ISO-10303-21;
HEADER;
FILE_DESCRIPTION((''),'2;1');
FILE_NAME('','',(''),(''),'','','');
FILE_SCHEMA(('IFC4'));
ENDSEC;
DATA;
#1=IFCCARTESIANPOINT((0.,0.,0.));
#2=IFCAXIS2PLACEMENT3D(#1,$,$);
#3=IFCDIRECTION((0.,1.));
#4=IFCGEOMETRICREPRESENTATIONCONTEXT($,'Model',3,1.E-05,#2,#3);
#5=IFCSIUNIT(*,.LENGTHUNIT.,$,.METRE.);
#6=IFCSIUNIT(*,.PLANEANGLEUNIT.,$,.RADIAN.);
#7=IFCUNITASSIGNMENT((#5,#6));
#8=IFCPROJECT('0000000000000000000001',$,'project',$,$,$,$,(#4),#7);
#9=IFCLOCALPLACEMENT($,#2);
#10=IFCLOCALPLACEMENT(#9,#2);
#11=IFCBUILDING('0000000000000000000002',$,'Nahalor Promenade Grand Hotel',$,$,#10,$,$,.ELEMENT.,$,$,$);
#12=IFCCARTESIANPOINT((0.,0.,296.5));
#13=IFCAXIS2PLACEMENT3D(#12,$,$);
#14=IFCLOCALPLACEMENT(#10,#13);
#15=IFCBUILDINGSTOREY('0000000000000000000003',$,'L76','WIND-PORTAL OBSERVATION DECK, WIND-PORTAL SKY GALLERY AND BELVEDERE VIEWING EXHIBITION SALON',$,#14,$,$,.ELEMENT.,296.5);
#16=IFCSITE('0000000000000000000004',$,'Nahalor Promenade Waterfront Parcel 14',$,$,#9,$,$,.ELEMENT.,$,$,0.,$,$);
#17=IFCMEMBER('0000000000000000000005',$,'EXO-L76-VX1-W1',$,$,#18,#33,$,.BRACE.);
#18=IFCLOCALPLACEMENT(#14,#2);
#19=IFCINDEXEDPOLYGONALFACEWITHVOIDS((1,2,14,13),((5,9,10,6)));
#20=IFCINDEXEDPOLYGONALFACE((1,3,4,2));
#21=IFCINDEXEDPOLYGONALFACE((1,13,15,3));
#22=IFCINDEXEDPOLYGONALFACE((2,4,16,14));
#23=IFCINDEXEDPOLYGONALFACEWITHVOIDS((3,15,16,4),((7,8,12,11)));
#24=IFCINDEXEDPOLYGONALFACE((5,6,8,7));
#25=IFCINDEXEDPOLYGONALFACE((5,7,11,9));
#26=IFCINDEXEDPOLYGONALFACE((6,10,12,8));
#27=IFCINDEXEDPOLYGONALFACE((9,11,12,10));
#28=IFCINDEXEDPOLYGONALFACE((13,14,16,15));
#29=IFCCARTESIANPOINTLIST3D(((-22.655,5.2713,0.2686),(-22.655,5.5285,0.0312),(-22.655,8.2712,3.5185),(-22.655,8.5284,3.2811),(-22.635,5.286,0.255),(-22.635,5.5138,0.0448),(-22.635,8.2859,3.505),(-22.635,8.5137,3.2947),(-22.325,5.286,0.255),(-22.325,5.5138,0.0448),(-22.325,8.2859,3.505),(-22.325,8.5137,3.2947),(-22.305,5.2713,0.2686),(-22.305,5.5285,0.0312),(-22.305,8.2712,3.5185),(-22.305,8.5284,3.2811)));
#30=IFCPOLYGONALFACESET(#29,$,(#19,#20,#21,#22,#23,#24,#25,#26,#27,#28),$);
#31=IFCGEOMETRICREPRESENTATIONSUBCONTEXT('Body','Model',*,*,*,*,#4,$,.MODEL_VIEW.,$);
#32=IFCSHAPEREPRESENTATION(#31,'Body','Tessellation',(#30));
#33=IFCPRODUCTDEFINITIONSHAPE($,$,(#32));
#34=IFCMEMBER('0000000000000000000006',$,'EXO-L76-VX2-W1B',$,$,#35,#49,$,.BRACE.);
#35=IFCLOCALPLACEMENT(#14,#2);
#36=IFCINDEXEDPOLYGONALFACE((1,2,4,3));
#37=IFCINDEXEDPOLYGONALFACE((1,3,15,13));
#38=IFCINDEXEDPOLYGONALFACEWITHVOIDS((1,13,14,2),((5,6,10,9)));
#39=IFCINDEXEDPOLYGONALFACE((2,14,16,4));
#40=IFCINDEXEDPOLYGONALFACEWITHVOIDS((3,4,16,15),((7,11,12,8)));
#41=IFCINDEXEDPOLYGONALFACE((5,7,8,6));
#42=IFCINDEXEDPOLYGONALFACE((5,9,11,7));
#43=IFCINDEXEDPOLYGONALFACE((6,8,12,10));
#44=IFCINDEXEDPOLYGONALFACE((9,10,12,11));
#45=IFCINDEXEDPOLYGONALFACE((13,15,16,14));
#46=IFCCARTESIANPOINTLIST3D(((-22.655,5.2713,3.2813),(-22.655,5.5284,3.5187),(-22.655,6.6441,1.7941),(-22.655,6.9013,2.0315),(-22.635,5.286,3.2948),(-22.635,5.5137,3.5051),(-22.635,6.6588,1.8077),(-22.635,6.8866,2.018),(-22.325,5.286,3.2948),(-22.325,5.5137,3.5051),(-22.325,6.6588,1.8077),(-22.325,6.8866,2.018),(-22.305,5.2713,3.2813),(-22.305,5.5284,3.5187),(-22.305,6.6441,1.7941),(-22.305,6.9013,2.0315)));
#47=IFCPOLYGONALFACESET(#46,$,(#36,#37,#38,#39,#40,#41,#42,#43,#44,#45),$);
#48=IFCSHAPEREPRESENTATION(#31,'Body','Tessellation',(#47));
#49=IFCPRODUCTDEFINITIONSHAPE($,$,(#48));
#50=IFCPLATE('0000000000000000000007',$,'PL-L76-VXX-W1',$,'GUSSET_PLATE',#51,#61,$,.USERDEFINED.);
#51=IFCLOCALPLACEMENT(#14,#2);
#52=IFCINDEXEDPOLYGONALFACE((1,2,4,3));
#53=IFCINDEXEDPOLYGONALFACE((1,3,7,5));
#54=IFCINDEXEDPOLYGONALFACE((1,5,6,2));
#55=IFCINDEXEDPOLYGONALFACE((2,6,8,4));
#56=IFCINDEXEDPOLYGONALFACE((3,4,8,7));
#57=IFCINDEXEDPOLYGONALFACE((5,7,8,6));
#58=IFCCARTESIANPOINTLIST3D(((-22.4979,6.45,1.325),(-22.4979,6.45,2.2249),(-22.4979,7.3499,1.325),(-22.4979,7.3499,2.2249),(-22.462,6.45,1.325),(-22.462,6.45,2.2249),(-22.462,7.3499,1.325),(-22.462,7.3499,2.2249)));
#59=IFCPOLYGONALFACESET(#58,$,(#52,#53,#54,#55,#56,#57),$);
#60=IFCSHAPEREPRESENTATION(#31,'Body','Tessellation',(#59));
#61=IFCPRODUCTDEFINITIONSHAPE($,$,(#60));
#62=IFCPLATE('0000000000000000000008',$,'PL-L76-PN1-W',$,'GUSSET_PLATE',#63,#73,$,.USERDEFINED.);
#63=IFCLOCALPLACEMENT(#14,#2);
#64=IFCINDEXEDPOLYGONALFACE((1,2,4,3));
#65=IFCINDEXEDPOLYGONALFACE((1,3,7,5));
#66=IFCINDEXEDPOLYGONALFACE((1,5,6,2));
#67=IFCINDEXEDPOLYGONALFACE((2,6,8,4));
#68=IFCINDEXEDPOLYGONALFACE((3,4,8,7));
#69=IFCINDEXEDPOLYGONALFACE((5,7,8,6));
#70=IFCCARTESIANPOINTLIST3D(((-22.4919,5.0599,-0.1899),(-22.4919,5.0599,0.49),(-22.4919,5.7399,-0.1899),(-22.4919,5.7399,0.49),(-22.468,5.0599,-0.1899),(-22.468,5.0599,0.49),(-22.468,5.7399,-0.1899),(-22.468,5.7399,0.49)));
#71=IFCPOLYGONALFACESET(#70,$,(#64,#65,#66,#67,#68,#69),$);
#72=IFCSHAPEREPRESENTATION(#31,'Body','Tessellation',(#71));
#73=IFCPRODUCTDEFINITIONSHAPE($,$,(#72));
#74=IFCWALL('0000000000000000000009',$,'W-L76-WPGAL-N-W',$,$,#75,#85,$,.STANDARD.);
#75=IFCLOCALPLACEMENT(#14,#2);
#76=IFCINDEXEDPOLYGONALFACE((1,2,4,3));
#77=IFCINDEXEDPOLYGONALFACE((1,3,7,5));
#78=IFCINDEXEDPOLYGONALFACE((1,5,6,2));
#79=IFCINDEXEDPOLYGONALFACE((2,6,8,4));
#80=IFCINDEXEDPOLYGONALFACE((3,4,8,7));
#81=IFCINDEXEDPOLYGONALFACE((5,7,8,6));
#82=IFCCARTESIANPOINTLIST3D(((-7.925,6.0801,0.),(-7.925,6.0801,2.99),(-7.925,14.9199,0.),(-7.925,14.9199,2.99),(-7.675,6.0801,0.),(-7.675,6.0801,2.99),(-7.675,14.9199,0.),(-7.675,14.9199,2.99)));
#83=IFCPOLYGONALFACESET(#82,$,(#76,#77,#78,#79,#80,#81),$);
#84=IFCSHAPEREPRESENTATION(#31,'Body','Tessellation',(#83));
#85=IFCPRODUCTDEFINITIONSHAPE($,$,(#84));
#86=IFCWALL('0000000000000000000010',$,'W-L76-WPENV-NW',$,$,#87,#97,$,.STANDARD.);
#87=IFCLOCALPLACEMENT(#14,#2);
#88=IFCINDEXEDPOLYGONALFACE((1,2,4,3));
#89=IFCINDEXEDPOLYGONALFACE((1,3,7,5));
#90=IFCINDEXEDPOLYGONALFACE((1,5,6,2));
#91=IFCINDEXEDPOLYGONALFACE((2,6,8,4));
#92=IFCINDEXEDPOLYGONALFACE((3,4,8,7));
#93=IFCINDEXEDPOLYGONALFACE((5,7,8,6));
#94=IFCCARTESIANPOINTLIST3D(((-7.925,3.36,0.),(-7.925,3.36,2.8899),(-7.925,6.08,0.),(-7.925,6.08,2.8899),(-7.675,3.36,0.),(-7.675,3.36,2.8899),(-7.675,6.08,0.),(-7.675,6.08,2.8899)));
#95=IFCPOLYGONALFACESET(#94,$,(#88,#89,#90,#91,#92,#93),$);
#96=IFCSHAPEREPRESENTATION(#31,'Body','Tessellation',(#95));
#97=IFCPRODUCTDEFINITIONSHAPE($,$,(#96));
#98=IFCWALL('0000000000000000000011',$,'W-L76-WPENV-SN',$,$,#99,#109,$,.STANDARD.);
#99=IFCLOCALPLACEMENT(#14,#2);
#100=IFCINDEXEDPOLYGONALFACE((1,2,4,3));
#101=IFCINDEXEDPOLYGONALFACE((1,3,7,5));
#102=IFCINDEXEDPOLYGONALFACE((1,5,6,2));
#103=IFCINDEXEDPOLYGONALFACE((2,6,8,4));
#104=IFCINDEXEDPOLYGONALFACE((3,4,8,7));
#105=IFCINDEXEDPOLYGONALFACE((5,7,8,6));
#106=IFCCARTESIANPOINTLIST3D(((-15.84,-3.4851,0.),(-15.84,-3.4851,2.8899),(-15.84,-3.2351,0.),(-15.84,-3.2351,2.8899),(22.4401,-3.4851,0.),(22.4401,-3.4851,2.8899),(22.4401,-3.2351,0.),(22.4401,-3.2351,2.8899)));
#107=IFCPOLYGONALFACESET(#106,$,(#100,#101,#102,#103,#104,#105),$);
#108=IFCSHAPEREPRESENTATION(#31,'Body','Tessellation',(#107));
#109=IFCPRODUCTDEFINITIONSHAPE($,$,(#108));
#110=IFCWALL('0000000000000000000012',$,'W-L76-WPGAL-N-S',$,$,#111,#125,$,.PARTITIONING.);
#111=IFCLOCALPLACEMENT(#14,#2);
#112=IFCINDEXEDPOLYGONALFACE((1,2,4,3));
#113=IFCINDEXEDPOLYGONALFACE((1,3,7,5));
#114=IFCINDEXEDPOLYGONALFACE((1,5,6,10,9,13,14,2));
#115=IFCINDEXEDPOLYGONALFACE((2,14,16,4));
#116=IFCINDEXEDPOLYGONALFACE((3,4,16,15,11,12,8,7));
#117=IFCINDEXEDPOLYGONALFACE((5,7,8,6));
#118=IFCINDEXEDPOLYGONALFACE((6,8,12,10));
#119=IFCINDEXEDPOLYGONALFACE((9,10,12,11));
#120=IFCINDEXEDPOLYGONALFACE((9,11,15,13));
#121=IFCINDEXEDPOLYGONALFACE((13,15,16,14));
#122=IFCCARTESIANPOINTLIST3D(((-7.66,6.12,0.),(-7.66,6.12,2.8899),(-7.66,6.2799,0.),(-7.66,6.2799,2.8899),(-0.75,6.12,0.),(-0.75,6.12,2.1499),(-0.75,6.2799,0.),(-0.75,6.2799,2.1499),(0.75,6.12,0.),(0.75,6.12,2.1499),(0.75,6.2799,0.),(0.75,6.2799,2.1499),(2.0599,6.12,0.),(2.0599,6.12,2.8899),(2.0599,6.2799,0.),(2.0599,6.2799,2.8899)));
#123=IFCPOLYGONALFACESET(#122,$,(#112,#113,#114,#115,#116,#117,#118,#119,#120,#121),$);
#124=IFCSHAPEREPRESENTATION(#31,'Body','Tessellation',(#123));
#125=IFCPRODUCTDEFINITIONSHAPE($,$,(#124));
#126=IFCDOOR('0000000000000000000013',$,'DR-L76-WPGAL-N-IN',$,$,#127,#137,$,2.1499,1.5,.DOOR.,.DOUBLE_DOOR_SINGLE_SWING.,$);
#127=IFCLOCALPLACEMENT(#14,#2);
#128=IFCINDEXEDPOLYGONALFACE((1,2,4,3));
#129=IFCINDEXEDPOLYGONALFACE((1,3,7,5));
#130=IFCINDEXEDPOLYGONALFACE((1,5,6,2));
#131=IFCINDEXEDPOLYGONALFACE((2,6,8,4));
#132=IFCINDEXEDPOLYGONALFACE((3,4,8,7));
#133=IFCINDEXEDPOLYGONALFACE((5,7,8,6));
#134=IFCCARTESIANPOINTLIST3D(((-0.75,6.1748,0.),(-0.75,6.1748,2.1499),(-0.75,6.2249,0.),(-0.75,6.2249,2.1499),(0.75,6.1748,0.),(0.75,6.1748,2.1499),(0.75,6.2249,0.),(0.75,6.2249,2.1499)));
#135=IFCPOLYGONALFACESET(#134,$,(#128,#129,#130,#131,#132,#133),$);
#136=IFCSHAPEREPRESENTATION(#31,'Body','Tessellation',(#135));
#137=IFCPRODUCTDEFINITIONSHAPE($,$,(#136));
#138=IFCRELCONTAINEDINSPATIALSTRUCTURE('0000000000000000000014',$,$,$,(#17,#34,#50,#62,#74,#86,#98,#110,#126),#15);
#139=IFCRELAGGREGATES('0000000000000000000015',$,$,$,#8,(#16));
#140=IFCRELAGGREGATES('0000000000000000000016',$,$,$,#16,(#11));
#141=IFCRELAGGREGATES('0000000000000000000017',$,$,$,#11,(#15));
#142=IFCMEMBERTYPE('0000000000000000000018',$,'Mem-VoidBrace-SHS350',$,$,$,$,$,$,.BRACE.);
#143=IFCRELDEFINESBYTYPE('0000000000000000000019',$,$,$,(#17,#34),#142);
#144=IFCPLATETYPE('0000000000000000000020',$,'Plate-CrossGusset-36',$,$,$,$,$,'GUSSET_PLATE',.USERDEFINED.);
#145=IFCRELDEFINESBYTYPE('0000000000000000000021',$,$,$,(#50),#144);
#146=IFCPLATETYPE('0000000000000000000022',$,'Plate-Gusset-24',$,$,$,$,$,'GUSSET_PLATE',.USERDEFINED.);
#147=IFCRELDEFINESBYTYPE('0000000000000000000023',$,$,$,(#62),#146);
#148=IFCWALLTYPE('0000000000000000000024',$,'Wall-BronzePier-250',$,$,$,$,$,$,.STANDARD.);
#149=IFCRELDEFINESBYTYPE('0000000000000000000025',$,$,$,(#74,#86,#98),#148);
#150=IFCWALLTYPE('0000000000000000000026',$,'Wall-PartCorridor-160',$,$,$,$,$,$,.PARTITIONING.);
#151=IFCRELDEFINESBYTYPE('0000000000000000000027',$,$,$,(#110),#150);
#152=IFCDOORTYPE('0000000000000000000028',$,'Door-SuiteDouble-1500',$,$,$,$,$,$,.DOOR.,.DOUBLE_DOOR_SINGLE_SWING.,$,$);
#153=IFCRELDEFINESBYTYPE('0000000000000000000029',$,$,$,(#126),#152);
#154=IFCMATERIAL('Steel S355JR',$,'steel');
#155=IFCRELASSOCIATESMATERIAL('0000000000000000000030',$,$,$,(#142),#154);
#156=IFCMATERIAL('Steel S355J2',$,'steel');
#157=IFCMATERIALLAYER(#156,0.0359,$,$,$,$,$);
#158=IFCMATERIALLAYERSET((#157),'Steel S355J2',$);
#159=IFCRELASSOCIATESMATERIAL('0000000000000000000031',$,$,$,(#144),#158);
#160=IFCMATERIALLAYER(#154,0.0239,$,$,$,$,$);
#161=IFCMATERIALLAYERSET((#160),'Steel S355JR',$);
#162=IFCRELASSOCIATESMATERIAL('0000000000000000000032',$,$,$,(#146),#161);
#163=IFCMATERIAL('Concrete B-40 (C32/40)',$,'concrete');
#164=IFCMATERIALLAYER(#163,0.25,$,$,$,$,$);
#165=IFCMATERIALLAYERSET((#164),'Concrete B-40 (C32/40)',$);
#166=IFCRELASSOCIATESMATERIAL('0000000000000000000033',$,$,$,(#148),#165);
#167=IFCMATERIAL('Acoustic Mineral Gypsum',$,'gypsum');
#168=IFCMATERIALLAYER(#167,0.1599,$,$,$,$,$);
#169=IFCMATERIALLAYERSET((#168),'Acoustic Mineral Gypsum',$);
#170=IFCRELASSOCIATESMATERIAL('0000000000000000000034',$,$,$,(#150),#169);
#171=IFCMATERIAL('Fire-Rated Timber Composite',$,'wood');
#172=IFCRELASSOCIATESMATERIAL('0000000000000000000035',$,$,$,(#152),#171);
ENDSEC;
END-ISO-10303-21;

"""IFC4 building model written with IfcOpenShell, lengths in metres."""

from ifc_helpers import new_model, si_unit, direction, frame, frame_2d, origin, origin_2d, place, context, subcontext, project, spatial, rectangle, hollow_rectangle, extrude, source, transform, mapped, material, layer, layer_set, material_profile, profile_set, type_object, element, fill, save


model = new_model("IFC4")

# Units and contexts
model_context = context("Model", 3, precision=1e-05, world=origin(), true_north=direction((0.0, 1.0)))
body_context = subcontext(model_context, "Body", "Model", "MODEL_VIEW")
ifc_project = project(units=[si_unit("LENGTHUNIT", "METRE"), si_unit("PLANEANGLEUNIT", "RADIAN")], contexts=[model_context])

# Site, building, storey
site_placement = place(None, origin())
site = spatial("IfcSite", under=ifc_project, at=site_placement, Name="Nahalor Promenade Waterfront Parcel 14", CompositionType="ELEMENT", RefElevation=0.0)
building_placement = place(site_placement, origin())
building = spatial("IfcBuilding", under=site, at=building_placement, Name="Nahalor Promenade Grand Hotel", CompositionType="ELEMENT")
storey_placement = place(building_placement, frame((0.0, 0.0, 296.5)))
storey = spatial("IfcBuildingStorey", under=building, at=storey_placement, Name="L76", Description="WIND-PORTAL OBSERVATION DECK, WIND-PORTAL SKY GALLERY AND BELVEDERE VIEWING EXHIBITION SALON", CompositionType="ELEMENT", Elevation=296.5)

# Shared definitions
ifc_material_1 = material(Name="Steel S355JR", Category="steel")

# Members
ifc_material_profile_1 = material_profile(ifc_material_1, hollow_rectangle(XDim=0.35, YDim=0.35, WallThickness=0.02, at=origin_2d()), Name="SHS 350x350x20")
ifc_profile_set_1 = profile_set([ifc_material_profile_1], Name="Steel S355JR")
member_type = type_object("IfcMemberType", Name="Mem-VoidBrace-SHS350", PredefinedType="BRACE", material=ifc_profile_set_1)
shared_shape_1 = source(origin(), body_context, "Body", "SweptSolid", [
    extrude(hollow_rectangle(XDim=0.35, YDim=0.35, WallThickness=0.02, at=origin_2d()), origin(), (0.0, 0.0, 1.0), 4.4229),
])
member_1_placement = place(storey_placement, frame((-22.48, 5.3999, 0.1499), z_axis=(0.0, 0.67828, 0.734803), x_axis=(-1.0, 0.0, 0.0)))
element("IfcMember", 1, at=member_1_placement, inside=storey, type_object=member_type, Name="EXO-L76-VX1-W1", PredefinedType="BRACE", context=body_context, shape_type="MappedRepresentation", body=[
    mapped(shared_shape_1, transform((0.0, 0.0, 0.0), scale=1.0)),
])
shared_shape_2 = source(origin(), body_context, "Body", "SweptSolid", [
    extrude(hollow_rectangle(XDim=0.35, YDim=0.35, WallThickness=0.02, at=origin_2d()), origin(), (0.0, 0.0, 1.0), 2.0239),
])
member_2_placement = place(storey_placement, frame((-22.48, 6.7727, 1.9128), z_axis=(0.0, -0.678315, 0.734771), x_axis=(1.0, 0.0, 0.0)))
element("IfcMember", 2, at=member_2_placement, inside=storey, type_object=member_type, Name="EXO-L76-VX2-W1B", PredefinedType="BRACE", context=body_context, shape_type="MappedRepresentation", body=[
    mapped(shared_shape_2, transform((0.0, 0.0, 0.0), scale=1.0)),
])

# Plates
ifc_material_2 = material(Name="Steel S355J2", Category="steel")
ifc_layer_1 = layer(ifc_material_2, 0.0359)
ifc_layer_set_1 = layer_set([ifc_layer_1], Name="Steel S355J2")
plate_type_1 = type_object("IfcPlateType", Name="Plate-CrossGusset-36", ElementType="GUSSET_PLATE", PredefinedType="USERDEFINED", material=ifc_layer_set_1)
shared_shape_3 = source(origin(), body_context, "Body", "SweptSolid", [
    extrude(rectangle(XDim=0.8999, YDim=0.0359, at=origin_2d()), origin(), (0.0, 0.0, 1.0), 0.8999),
])
plate_1_placement = place(storey_placement, frame((-22.48, 6.8999, 1.325), z_axis=(0.0, 0.0, 1.0), x_axis=(0.0, 1.0, 0.0)))
element("IfcPlate", 3, at=plate_1_placement, inside=storey, type_object=plate_type_1, Name="PL-L76-VXX-W1", ObjectType="GUSSET_PLATE", PredefinedType="USERDEFINED", context=body_context, shape_type="MappedRepresentation", body=[
    mapped(shared_shape_3, transform((0.0, 0.0, 0.0), scale=1.0)),
])
ifc_layer_2 = layer(ifc_material_1, 0.0239)
ifc_layer_set_2 = layer_set([ifc_layer_2], Name="Steel S355JR")
plate_type_2 = type_object("IfcPlateType", Name="Plate-Gusset-24", ElementType="GUSSET_PLATE", PredefinedType="USERDEFINED", material=ifc_layer_set_2)
shared_shape_4 = source(origin(), body_context, "Body", "SweptSolid", [
    extrude(rectangle(XDim=0.6799, YDim=0.0239, at=origin_2d()), origin(), (0.0, 0.0, 1.0), 0.6799),
])
plate_2_placement = place(storey_placement, frame((-22.48, 5.3999, -0.1899), z_axis=(0.0, 0.0, 1.0), x_axis=(0.0, 1.0, 0.0)))
element("IfcPlate", 4, at=plate_2_placement, inside=storey, type_object=plate_type_2, Name="PL-L76-PN1-W", ObjectType="GUSSET_PLATE", PredefinedType="USERDEFINED", context=body_context, shape_type="MappedRepresentation", body=[
    mapped(shared_shape_4, transform((0.0, 0.0, 0.0), scale=1.0)),
])

# Walls
ifc_material_3 = material(Name="Concrete B-40 (C32/40)", Category="concrete")
ifc_layer_3 = layer(ifc_material_3, 0.25)
ifc_layer_set_3 = layer_set([ifc_layer_3], Name="Concrete B-40 (C32/40)")
wall_type_1 = type_object("IfcWallType", Name="Wall-BronzePier-250", PredefinedType="STANDARD", material=ifc_layer_set_3)
shared_shape_5 = source(origin(), body_context, "Body", "SweptSolid", [
    extrude(rectangle(XDim=8.8398, YDim=0.25, at=frame_2d((4.4199, 0.0))), origin(), (0.0, 0.0, 1.0), 2.99),
])
wall_1_placement = place(storey_placement, frame((-7.8, 6.0801, 0.0), z_axis=(0.0, 0.0, 1.0), x_axis=(0.0, 1.0, 0.0)))
element("IfcWall", 5, at=wall_1_placement, inside=storey, type_object=wall_type_1, Name="W-L76-WPGAL-N-W", PredefinedType="STANDARD", context=body_context, shape_type="MappedRepresentation", body=[
    mapped(shared_shape_5, transform((0.0, 0.0, 0.0), scale=1.0)),
])
shared_shape_6 = source(origin(), body_context, "Body", "SweptSolid", [
    extrude(rectangle(XDim=2.72, YDim=0.25, at=frame_2d((1.3599, 0.0))), origin(), (0.0, 0.0, 1.0), 2.8899),
])
wall_2_placement = place(storey_placement, frame((-7.8, 3.3601, 0.0), z_axis=(0.0, 0.0, 1.0), x_axis=(0.0, 1.0, 0.0)))
element("IfcWall", 6, at=wall_2_placement, inside=storey, type_object=wall_type_1, Name="W-L76-WPENV-NW", PredefinedType="STANDARD", context=body_context, shape_type="MappedRepresentation", body=[
    mapped(shared_shape_6, transform((0.0, 0.0, 0.0), scale=1.0)),
])
shared_shape_7 = source(origin(), body_context, "Body", "SweptSolid", [
    extrude(rectangle(XDim=38.28, YDim=0.25, at=frame_2d((19.1401, 0.0))), origin(), (0.0, 0.0, 1.0), 2.8899),
])
wall_3_placement = place(storey_placement, frame((-15.8401, -3.3601, 0.0), z_axis=(0.0, 0.0, 1.0), x_axis=(1.0, 0.0, 0.0)))
element("IfcWall", 7, at=wall_3_placement, inside=storey, type_object=wall_type_1, Name="W-L76-WPENV-SN", PredefinedType="STANDARD", context=body_context, shape_type="MappedRepresentation", body=[
    mapped(shared_shape_7, transform((0.0, 0.0, 0.0), scale=1.0)),
])

# Wall, opening, door
ifc_material_4 = material(Name="Acoustic Mineral Gypsum", Category="gypsum")
ifc_layer_4 = layer(ifc_material_4, 0.1599)
ifc_layer_set_4 = layer_set([ifc_layer_4], Name="Acoustic Mineral Gypsum")
wall_type_2 = type_object("IfcWallType", Name="Wall-PartCorridor-160", PredefinedType="PARTITIONING", material=ifc_layer_set_4)
shared_shape_8 = source(origin(), body_context, "Body", "SweptSolid", [
    extrude(rectangle(XDim=9.72, YDim=0.1599, at=frame_2d((4.8599, 0.0))), origin(), (0.0, 0.0, 1.0), 2.8899),
])
wall_4_placement = place(storey_placement, frame((-7.6599, 6.2, 0.0), z_axis=(0.0, 0.0, 1.0), x_axis=(1.0, 0.0, 0.0)))
wall_4 = element("IfcWall", 8, at=wall_4_placement, inside=storey, type_object=wall_type_2, Name="W-L76-WPGAL-N-S", PredefinedType="PARTITIONING", context=body_context, shape_type="MappedRepresentation", body=[
    mapped(shared_shape_8, transform((0.0, 0.0, 0.0), scale=1.0)),
])
opening_1_placement = place(wall_4_placement, frame((6.9099, 0.0, 0.0)))
opening_1 = element("IfcOpeningElement", 9, at=opening_1_placement, cuts=wall_4, PredefinedType="OPENING", context=body_context, shape_type="SweptSolid", body=[
    extrude(rectangle(XDim=1.5, YDim=2.1499, at=frame_2d((0.75, 1.075))), frame((0.0, 0.0898, 0.0), z_axis=(0.0, -1.0, 0.0), x_axis=(1.0, 0.0, 0.0)), (0.0, 0.0, 1.0), 0.1799),
])
ifc_material_5 = material(Name="Fire-Rated Timber Composite", Category="wood")
door_type_1 = type_object("IfcDoorType", Name="Door-SuiteDouble-1500", OperationType="DOUBLE_DOOR_SINGLE_SWING", PredefinedType="DOOR", material=ifc_material_5)
shared_shape_9 = source(origin(), body_context, "Body", "SweptSolid", [
    extrude(rectangle(XDim=1.5, YDim=2.1499, at=frame_2d((0.75, 1.075))), frame((0.0, 0.0249, 0.0), z_axis=(0.0, -1.0, 0.0), x_axis=(1.0, 0.0, 0.0)), (0.0, 0.0, 1.0), 0.05),
])
door_1_placement = place(opening_1_placement, origin())
door_1 = element("IfcDoor", 10, at=door_1_placement, inside=storey, type_object=door_type_1, Name="DR-L76-WPGAL-N-IN", OperationType="DOUBLE_DOOR_SINGLE_SWING", OverallHeight=2.1499, OverallWidth=1.5, PredefinedType="DOOR", context=body_context, shape_type="MappedRepresentation", body=[
    mapped(shared_shape_9, transform((0.0, 0.0, 0.0), scale=1.0)),
])
fill(opening_1, door_1)

save(model, "model.ifc")
